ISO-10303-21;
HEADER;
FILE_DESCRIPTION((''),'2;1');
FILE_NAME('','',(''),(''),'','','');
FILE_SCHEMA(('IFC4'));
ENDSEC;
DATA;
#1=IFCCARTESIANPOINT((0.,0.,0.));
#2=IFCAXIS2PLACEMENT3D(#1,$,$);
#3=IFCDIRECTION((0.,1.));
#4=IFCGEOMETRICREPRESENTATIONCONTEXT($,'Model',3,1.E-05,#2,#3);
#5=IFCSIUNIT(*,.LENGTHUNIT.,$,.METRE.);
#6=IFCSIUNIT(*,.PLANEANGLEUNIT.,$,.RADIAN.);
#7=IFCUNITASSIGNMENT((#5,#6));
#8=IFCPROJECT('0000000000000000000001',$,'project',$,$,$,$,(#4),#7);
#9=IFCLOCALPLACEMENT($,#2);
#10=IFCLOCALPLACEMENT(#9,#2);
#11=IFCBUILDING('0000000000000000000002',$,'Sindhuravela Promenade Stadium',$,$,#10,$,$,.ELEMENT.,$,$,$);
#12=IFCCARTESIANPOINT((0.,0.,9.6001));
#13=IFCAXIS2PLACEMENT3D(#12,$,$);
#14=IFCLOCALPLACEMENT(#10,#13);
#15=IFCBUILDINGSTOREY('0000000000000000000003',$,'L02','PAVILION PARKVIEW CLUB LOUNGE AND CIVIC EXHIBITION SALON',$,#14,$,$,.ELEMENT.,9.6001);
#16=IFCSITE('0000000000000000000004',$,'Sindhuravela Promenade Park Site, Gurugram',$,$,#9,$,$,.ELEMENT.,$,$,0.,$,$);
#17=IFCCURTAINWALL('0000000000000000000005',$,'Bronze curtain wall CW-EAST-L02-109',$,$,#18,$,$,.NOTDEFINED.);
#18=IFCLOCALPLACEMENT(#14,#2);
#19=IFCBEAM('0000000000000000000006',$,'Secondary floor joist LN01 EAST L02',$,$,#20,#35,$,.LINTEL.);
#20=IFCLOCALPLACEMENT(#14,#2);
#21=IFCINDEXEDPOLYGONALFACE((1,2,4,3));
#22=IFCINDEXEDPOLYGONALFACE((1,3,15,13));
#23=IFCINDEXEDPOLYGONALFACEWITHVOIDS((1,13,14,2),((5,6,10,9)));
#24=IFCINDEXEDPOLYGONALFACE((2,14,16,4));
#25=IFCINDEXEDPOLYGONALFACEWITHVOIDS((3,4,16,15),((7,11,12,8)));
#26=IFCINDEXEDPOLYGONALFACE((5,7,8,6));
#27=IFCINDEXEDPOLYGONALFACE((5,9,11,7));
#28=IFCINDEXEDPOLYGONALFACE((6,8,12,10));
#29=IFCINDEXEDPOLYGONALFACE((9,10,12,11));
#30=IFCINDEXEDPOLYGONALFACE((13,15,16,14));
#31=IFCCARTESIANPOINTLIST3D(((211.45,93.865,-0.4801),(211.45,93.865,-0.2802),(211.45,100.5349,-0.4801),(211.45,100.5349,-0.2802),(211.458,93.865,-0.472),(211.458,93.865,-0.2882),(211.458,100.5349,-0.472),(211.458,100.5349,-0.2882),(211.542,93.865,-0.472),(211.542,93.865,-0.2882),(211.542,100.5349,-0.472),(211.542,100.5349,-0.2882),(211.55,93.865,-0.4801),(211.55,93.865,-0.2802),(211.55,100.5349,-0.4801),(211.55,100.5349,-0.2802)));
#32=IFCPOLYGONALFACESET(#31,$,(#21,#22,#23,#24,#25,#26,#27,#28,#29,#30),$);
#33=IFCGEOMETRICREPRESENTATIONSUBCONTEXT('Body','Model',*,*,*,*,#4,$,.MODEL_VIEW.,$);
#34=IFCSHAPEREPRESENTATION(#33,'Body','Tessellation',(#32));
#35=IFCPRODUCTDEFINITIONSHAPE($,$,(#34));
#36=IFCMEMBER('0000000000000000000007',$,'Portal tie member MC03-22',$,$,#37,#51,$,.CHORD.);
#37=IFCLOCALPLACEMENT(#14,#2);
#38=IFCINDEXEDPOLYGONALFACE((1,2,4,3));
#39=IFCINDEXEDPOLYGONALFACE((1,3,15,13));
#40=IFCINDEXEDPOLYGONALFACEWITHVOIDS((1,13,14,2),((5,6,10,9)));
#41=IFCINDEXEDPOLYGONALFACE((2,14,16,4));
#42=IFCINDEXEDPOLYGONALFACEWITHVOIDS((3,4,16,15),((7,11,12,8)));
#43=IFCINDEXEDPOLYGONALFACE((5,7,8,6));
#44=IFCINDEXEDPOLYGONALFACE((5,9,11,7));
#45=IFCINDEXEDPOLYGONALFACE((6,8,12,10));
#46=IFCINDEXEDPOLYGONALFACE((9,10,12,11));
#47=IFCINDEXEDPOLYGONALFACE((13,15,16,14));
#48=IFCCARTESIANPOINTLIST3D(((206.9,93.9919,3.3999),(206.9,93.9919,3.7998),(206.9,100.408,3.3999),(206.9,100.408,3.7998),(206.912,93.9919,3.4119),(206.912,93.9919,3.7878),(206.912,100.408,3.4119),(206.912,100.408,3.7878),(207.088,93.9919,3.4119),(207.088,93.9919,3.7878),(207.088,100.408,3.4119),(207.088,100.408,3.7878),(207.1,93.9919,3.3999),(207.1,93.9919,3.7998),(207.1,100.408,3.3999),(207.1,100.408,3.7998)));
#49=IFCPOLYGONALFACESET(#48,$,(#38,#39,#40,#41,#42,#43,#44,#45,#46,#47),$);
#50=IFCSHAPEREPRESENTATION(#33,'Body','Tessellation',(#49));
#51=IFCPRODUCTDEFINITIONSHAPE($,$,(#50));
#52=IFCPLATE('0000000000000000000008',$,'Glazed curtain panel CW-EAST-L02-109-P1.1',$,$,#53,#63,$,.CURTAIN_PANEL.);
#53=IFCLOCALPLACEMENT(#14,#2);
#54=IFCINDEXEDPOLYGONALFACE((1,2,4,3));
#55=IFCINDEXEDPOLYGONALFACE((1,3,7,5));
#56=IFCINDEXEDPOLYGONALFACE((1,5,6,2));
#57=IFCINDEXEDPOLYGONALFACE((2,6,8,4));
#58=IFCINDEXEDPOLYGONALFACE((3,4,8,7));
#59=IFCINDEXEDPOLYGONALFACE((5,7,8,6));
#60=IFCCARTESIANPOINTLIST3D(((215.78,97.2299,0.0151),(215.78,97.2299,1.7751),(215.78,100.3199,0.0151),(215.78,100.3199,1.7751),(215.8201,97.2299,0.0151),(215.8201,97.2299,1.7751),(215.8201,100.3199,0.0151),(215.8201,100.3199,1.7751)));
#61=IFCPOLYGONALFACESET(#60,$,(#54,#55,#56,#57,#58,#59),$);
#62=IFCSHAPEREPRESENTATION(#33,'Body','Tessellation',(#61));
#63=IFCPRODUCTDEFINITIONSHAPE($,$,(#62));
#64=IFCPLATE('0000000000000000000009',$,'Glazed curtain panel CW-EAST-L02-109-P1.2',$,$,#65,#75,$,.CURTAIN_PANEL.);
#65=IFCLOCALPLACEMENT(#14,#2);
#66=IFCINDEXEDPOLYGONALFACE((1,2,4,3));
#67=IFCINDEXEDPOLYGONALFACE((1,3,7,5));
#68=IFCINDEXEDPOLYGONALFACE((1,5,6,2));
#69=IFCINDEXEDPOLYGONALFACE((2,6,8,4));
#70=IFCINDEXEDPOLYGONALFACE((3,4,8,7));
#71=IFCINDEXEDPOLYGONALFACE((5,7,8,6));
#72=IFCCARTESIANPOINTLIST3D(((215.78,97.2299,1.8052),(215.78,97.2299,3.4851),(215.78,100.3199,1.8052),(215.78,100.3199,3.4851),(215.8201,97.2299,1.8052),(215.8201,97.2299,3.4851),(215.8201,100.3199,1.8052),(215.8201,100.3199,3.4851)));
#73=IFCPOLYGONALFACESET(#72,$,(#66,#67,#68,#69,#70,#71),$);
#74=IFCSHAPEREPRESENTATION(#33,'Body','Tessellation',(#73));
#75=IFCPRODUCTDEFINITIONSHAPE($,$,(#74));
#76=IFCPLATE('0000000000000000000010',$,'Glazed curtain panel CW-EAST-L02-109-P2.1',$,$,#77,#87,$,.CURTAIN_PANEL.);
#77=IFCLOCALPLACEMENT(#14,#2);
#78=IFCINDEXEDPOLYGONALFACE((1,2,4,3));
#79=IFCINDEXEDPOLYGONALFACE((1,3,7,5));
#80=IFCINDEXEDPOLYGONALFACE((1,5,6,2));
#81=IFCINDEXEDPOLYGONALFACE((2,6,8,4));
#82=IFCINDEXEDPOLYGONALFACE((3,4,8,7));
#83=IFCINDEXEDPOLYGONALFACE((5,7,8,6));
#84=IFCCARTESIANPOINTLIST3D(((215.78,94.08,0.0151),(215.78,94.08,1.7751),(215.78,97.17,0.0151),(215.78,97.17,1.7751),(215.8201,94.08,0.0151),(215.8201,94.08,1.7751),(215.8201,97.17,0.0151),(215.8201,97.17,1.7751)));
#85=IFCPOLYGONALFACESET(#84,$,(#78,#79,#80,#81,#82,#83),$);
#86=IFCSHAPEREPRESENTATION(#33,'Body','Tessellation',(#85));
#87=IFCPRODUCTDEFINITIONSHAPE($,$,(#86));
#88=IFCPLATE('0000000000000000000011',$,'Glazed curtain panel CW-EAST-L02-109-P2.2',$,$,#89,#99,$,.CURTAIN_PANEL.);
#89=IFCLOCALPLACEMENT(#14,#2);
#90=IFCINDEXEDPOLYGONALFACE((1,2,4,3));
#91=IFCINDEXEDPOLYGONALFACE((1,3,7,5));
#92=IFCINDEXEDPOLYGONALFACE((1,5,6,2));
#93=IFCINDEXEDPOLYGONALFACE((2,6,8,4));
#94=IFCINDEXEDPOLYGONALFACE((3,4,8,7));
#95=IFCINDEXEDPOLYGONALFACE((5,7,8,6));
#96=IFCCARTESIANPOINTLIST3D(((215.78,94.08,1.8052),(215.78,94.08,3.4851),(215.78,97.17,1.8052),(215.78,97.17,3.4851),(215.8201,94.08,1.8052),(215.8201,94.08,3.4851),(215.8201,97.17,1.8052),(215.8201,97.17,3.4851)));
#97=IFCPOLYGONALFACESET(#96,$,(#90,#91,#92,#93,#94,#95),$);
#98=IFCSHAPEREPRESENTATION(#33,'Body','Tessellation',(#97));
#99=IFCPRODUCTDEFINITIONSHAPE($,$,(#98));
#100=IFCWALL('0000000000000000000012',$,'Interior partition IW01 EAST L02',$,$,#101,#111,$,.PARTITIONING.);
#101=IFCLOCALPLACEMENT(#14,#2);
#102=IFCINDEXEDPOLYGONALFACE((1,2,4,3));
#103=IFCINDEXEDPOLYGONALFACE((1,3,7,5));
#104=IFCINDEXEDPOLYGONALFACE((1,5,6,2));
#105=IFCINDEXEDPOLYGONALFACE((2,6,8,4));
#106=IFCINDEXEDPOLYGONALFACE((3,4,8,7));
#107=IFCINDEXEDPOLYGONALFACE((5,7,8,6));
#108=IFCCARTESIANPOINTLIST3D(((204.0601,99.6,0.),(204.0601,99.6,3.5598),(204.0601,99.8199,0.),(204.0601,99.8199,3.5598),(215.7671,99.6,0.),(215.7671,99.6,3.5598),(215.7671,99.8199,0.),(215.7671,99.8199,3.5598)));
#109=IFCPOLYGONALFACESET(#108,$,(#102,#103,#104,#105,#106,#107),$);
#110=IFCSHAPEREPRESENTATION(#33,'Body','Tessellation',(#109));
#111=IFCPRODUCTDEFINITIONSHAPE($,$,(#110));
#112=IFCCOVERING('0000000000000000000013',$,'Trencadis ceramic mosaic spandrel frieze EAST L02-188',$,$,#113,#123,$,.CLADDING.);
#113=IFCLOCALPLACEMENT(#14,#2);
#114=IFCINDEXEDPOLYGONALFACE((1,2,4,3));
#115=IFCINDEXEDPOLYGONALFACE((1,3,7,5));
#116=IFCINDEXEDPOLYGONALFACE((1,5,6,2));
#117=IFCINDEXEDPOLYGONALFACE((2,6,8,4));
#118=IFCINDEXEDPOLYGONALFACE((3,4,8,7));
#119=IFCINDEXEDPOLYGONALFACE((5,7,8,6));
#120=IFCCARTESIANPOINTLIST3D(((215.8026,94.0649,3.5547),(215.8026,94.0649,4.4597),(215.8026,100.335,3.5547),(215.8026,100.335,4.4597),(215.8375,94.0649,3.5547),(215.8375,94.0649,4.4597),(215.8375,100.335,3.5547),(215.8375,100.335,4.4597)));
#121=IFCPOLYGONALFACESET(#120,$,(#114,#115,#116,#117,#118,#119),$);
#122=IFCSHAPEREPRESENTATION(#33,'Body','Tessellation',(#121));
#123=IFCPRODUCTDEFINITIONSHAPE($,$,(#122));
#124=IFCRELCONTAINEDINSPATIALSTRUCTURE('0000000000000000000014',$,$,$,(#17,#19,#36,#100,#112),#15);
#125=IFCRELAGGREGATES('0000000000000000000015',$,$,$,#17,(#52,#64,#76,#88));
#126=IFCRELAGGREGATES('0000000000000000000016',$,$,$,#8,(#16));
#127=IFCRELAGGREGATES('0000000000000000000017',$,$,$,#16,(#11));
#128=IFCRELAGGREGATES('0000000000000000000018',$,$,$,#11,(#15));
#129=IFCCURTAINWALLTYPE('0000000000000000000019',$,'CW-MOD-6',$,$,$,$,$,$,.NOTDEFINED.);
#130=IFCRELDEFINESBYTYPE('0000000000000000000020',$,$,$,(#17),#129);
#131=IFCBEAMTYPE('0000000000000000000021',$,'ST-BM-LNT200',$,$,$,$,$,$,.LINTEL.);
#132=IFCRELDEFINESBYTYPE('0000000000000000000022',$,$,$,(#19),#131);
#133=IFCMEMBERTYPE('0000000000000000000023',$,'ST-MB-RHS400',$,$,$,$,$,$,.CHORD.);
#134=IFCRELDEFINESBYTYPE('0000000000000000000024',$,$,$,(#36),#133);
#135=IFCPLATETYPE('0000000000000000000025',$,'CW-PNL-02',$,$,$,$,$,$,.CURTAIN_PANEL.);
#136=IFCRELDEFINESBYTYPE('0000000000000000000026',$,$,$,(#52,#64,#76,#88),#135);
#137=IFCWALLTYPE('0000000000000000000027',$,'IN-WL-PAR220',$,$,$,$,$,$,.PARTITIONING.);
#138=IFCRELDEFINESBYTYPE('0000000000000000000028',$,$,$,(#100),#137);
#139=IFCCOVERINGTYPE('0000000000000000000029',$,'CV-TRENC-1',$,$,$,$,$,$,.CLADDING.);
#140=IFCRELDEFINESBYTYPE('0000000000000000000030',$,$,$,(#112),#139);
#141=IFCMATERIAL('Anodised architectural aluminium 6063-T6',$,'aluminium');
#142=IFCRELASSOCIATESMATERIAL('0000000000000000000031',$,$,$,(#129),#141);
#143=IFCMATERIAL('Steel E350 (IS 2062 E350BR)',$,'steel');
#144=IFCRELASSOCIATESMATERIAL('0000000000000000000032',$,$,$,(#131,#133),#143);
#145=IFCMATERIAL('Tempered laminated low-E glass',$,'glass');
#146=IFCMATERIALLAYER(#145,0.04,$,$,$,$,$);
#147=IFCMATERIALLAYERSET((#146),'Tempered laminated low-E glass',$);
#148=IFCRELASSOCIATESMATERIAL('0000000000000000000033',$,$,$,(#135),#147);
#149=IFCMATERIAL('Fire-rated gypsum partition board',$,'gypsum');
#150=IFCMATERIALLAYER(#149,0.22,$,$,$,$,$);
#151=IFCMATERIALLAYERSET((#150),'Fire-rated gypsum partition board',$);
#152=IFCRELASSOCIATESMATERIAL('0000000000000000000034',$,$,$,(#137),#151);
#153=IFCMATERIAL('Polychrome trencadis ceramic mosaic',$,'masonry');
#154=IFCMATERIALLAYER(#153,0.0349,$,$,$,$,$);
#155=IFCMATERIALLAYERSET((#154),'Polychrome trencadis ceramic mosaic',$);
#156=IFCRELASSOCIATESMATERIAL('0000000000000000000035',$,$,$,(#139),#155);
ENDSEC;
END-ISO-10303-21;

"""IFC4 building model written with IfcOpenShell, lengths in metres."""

from ifc_helpers import new_model, si_unit, direction, frame, frame_2d, origin, origin_2d, place, context, subcontext, project, spatial, rectangle, hollow_rectangle, extrude, material, layer, layer_set, material_profile, profile_set, type_object, element, aggregate, save


model = new_model("IFC4")

# Units and contexts
model_context = context("Model", 3, precision=1e-05, world=origin(), true_north=direction((0.0, 1.0)))
body_context = subcontext(model_context, "Body", "Model", "MODEL_VIEW")
ifc_project = project(units=[si_unit("LENGTHUNIT", "METRE"), si_unit("PLANEANGLEUNIT", "RADIAN")], contexts=[model_context])

# Site, building, storey
site_placement = place(None, origin())
site = spatial("IfcSite", under=ifc_project, at=site_placement, Name="Sindhuravela Promenade Park Site, Gurugram", CompositionType="ELEMENT", RefElevation=0.0)
building_placement = place(site_placement, origin())
building = spatial("IfcBuilding", under=site, at=building_placement, Name="Sindhuravela Promenade Stadium", CompositionType="ELEMENT")
storey_placement = place(building_placement, frame((0.0, 0.0, 9.6001)))
storey = spatial("IfcBuildingStorey", under=building, at=storey_placement, Name="L02", Description="PAVILION PARKVIEW CLUB LOUNGE AND CIVIC EXHIBITION SALON", CompositionType="ELEMENT", Elevation=9.6001)

# Curtain wall
ifc_material_1 = material(Name="Anodised architectural aluminium 6063-T6", Category="aluminium")
curtain_wall_type = type_object("IfcCurtainWallType", Name="CW-MOD-6", PredefinedType="NOTDEFINED", material=ifc_material_1)
curtain_wall_placement = place(storey_placement, origin())
curtain_wall = element("IfcCurtainWall", 1, at=curtain_wall_placement, inside=storey, type_object=curtain_wall_type, Name="Bronze curtain wall CW-EAST-L02-109", PredefinedType="NOTDEFINED")

# Beam
ifc_material_2 = material(Name="Steel E350 (IS 2062 E350BR)", Category="steel")
ifc_material_profile_1 = material_profile(ifc_material_2, hollow_rectangle(XDim=0.1001, YDim=0.2, WallThickness=0.0081, at=origin_2d()), Name="RHS 200x100x8")
ifc_profile_set_1 = profile_set([ifc_material_profile_1], Name="Steel E350 (IS 2062 E350BR)")
beam_type_1 = type_object("IfcBeamType", Name="ST-BM-LNT200", PredefinedType="LINTEL", material=ifc_profile_set_1)
beam_1_placement = place(storey_placement, frame((211.5, 93.865, -0.3801), z_axis=(0.0, 1.0, 0.0), x_axis=(-1.0, 0.0, 0.0)))
element("IfcBeam", 2, at=beam_1_placement, inside=storey, type_object=beam_type_1, Name="Secondary floor joist LN01 EAST L02", PredefinedType="LINTEL", context=body_context, shape_type="SweptSolid", body=[
    extrude(hollow_rectangle(XDim=0.1001, YDim=0.2, WallThickness=0.0081, at=origin_2d()), origin(), (0.0, 0.0, 1.0), 6.6699),
])

# Member
ifc_material_profile_2 = material_profile(ifc_material_2, hollow_rectangle(XDim=0.2, YDim=0.3999, WallThickness=0.012, at=origin_2d()), Name="RHS 400x200x12")
ifc_profile_set_2 = profile_set([ifc_material_profile_2], Name="Steel E350 (IS 2062 E350BR)")
member_type_1 = type_object("IfcMemberType", Name="ST-MB-RHS400", PredefinedType="CHORD", material=ifc_profile_set_2)
member_1_placement = place(storey_placement, frame((207.0, 93.9919, 3.5999), z_axis=(0.0, 1.0, 0.0), x_axis=(-1.0, 0.0, 0.0)))
element("IfcMember", 3, at=member_1_placement, inside=storey, type_object=member_type_1, Name="Portal tie member MC03-22", PredefinedType="CHORD", context=body_context, shape_type="SweptSolid", body=[
    extrude(hollow_rectangle(XDim=0.2, YDim=0.3999, WallThickness=0.012, at=origin_2d()), origin(), (0.0, 0.0, 1.0), 6.416),
])

# Plates
ifc_material_3 = material(Name="Tempered laminated low-E glass", Category="glass")
ifc_layer_1 = layer(ifc_material_3, 0.04)
ifc_layer_set_1 = layer_set([ifc_layer_1], Name="Tempered laminated low-E glass")
plate_type = type_object("IfcPlateType", Name="CW-PNL-02", PredefinedType="CURTAIN_PANEL", material=ifc_layer_set_1)
plate_1_placement = place(storey_placement, frame((215.8, 98.7749, 0.0151), z_axis=(0.0, 0.0, 1.0), x_axis=(0.0, -1.0, 0.0)))
plate_1 = element("IfcPlate", 4, at=plate_1_placement, type_object=plate_type, Name="Glazed curtain panel CW-EAST-L02-109-P1.1", PredefinedType="CURTAIN_PANEL", context=body_context, shape_type="SweptSolid", body=[
    extrude(rectangle(XDim=3.0901, YDim=0.04, at=origin_2d()), origin(), (0.0, 0.0, 1.0), 1.76),
])
plate_2_placement = place(storey_placement, frame((215.8, 98.7749, 1.8052), z_axis=(0.0, 0.0, 1.0), x_axis=(0.0, -1.0, 0.0)))
plate_2 = element("IfcPlate", 5, at=plate_2_placement, type_object=plate_type, Name="Glazed curtain panel CW-EAST-L02-109-P1.2", PredefinedType="CURTAIN_PANEL", context=body_context, shape_type="SweptSolid", body=[
    extrude(rectangle(XDim=3.0901, YDim=0.04, at=origin_2d()), origin(), (0.0, 0.0, 1.0), 1.6799),
])
plate_3_placement = place(storey_placement, frame((215.8, 95.625, 0.0151), z_axis=(0.0, 0.0, 1.0), x_axis=(0.0, -1.0, 0.0)))
plate_3 = element("IfcPlate", 6, at=plate_3_placement, type_object=plate_type, Name="Glazed curtain panel CW-EAST-L02-109-P2.1", PredefinedType="CURTAIN_PANEL", context=body_context, shape_type="SweptSolid", body=[
    extrude(rectangle(XDim=3.0901, YDim=0.04, at=origin_2d()), origin(), (0.0, 0.0, 1.0), 1.76),
])
plate_4_placement = place(storey_placement, frame((215.8, 95.625, 1.8052), z_axis=(0.0, 0.0, 1.0), x_axis=(0.0, -1.0, 0.0)))
plate_4 = element("IfcPlate", 7, at=plate_4_placement, type_object=plate_type, Name="Glazed curtain panel CW-EAST-L02-109-P2.2", PredefinedType="CURTAIN_PANEL", context=body_context, shape_type="SweptSolid", body=[
    extrude(rectangle(XDim=3.0901, YDim=0.04, at=origin_2d()), origin(), (0.0, 0.0, 1.0), 1.6799),
])
aggregate(curtain_wall, [plate_1, plate_2, plate_3, plate_4])

# Wall
ifc_material_4 = material(Name="Fire-rated gypsum partition board", Category="gypsum")
ifc_layer_2 = layer(ifc_material_4, 0.22)
ifc_layer_set_2 = layer_set([ifc_layer_2], Name="Fire-rated gypsum partition board")
wall_type = type_object("IfcWallType", Name="IN-WL-PAR220", PredefinedType="PARTITIONING", material=ifc_layer_set_2)
wall_placement = place(storey_placement, frame((204.0601, 99.71, 0.0), z_axis=(0.0, 0.0, 1.0), x_axis=(1.0, 0.0, 0.0)))
element("IfcWall", 8, at=wall_placement, inside=storey, type_object=wall_type, Name="Interior partition IW01 EAST L02", PredefinedType="PARTITIONING", context=body_context, shape_type="SweptSolid", body=[
    extrude(rectangle(XDim=11.707, YDim=0.22, at=frame_2d((5.8535, 0.0))), origin(), (0.0, 0.0, 1.0), 3.5598),
])

# Covering
ifc_material_5 = material(Name="Polychrome trencadis ceramic mosaic", Category="masonry")
ifc_layer_3 = layer(ifc_material_5, 0.0349)
ifc_layer_set_3 = layer_set([ifc_layer_3], Name="Polychrome trencadis ceramic mosaic")
covering_type = type_object("IfcCoveringType", Name="CV-TRENC-1", PredefinedType="CLADDING", material=ifc_layer_set_3)
covering_placement = place(storey_placement, frame((215.8201, 97.2, 3.5547), z_axis=(0.0, 0.0, 1.0), x_axis=(0.0, -1.0, 0.0)))
element("IfcCovering", 9, at=covering_placement, inside=storey, type_object=covering_type, Name="Trencadis ceramic mosaic spandrel frieze EAST L02-188", PredefinedType="CLADDING", context=body_context, shape_type="SweptSolid", body=[
    extrude(rectangle(XDim=6.27, YDim=0.0349, at=origin_2d()), origin(), (0.0, 0.0, 1.0), 0.905),
])

save(model, "model.ifc")
